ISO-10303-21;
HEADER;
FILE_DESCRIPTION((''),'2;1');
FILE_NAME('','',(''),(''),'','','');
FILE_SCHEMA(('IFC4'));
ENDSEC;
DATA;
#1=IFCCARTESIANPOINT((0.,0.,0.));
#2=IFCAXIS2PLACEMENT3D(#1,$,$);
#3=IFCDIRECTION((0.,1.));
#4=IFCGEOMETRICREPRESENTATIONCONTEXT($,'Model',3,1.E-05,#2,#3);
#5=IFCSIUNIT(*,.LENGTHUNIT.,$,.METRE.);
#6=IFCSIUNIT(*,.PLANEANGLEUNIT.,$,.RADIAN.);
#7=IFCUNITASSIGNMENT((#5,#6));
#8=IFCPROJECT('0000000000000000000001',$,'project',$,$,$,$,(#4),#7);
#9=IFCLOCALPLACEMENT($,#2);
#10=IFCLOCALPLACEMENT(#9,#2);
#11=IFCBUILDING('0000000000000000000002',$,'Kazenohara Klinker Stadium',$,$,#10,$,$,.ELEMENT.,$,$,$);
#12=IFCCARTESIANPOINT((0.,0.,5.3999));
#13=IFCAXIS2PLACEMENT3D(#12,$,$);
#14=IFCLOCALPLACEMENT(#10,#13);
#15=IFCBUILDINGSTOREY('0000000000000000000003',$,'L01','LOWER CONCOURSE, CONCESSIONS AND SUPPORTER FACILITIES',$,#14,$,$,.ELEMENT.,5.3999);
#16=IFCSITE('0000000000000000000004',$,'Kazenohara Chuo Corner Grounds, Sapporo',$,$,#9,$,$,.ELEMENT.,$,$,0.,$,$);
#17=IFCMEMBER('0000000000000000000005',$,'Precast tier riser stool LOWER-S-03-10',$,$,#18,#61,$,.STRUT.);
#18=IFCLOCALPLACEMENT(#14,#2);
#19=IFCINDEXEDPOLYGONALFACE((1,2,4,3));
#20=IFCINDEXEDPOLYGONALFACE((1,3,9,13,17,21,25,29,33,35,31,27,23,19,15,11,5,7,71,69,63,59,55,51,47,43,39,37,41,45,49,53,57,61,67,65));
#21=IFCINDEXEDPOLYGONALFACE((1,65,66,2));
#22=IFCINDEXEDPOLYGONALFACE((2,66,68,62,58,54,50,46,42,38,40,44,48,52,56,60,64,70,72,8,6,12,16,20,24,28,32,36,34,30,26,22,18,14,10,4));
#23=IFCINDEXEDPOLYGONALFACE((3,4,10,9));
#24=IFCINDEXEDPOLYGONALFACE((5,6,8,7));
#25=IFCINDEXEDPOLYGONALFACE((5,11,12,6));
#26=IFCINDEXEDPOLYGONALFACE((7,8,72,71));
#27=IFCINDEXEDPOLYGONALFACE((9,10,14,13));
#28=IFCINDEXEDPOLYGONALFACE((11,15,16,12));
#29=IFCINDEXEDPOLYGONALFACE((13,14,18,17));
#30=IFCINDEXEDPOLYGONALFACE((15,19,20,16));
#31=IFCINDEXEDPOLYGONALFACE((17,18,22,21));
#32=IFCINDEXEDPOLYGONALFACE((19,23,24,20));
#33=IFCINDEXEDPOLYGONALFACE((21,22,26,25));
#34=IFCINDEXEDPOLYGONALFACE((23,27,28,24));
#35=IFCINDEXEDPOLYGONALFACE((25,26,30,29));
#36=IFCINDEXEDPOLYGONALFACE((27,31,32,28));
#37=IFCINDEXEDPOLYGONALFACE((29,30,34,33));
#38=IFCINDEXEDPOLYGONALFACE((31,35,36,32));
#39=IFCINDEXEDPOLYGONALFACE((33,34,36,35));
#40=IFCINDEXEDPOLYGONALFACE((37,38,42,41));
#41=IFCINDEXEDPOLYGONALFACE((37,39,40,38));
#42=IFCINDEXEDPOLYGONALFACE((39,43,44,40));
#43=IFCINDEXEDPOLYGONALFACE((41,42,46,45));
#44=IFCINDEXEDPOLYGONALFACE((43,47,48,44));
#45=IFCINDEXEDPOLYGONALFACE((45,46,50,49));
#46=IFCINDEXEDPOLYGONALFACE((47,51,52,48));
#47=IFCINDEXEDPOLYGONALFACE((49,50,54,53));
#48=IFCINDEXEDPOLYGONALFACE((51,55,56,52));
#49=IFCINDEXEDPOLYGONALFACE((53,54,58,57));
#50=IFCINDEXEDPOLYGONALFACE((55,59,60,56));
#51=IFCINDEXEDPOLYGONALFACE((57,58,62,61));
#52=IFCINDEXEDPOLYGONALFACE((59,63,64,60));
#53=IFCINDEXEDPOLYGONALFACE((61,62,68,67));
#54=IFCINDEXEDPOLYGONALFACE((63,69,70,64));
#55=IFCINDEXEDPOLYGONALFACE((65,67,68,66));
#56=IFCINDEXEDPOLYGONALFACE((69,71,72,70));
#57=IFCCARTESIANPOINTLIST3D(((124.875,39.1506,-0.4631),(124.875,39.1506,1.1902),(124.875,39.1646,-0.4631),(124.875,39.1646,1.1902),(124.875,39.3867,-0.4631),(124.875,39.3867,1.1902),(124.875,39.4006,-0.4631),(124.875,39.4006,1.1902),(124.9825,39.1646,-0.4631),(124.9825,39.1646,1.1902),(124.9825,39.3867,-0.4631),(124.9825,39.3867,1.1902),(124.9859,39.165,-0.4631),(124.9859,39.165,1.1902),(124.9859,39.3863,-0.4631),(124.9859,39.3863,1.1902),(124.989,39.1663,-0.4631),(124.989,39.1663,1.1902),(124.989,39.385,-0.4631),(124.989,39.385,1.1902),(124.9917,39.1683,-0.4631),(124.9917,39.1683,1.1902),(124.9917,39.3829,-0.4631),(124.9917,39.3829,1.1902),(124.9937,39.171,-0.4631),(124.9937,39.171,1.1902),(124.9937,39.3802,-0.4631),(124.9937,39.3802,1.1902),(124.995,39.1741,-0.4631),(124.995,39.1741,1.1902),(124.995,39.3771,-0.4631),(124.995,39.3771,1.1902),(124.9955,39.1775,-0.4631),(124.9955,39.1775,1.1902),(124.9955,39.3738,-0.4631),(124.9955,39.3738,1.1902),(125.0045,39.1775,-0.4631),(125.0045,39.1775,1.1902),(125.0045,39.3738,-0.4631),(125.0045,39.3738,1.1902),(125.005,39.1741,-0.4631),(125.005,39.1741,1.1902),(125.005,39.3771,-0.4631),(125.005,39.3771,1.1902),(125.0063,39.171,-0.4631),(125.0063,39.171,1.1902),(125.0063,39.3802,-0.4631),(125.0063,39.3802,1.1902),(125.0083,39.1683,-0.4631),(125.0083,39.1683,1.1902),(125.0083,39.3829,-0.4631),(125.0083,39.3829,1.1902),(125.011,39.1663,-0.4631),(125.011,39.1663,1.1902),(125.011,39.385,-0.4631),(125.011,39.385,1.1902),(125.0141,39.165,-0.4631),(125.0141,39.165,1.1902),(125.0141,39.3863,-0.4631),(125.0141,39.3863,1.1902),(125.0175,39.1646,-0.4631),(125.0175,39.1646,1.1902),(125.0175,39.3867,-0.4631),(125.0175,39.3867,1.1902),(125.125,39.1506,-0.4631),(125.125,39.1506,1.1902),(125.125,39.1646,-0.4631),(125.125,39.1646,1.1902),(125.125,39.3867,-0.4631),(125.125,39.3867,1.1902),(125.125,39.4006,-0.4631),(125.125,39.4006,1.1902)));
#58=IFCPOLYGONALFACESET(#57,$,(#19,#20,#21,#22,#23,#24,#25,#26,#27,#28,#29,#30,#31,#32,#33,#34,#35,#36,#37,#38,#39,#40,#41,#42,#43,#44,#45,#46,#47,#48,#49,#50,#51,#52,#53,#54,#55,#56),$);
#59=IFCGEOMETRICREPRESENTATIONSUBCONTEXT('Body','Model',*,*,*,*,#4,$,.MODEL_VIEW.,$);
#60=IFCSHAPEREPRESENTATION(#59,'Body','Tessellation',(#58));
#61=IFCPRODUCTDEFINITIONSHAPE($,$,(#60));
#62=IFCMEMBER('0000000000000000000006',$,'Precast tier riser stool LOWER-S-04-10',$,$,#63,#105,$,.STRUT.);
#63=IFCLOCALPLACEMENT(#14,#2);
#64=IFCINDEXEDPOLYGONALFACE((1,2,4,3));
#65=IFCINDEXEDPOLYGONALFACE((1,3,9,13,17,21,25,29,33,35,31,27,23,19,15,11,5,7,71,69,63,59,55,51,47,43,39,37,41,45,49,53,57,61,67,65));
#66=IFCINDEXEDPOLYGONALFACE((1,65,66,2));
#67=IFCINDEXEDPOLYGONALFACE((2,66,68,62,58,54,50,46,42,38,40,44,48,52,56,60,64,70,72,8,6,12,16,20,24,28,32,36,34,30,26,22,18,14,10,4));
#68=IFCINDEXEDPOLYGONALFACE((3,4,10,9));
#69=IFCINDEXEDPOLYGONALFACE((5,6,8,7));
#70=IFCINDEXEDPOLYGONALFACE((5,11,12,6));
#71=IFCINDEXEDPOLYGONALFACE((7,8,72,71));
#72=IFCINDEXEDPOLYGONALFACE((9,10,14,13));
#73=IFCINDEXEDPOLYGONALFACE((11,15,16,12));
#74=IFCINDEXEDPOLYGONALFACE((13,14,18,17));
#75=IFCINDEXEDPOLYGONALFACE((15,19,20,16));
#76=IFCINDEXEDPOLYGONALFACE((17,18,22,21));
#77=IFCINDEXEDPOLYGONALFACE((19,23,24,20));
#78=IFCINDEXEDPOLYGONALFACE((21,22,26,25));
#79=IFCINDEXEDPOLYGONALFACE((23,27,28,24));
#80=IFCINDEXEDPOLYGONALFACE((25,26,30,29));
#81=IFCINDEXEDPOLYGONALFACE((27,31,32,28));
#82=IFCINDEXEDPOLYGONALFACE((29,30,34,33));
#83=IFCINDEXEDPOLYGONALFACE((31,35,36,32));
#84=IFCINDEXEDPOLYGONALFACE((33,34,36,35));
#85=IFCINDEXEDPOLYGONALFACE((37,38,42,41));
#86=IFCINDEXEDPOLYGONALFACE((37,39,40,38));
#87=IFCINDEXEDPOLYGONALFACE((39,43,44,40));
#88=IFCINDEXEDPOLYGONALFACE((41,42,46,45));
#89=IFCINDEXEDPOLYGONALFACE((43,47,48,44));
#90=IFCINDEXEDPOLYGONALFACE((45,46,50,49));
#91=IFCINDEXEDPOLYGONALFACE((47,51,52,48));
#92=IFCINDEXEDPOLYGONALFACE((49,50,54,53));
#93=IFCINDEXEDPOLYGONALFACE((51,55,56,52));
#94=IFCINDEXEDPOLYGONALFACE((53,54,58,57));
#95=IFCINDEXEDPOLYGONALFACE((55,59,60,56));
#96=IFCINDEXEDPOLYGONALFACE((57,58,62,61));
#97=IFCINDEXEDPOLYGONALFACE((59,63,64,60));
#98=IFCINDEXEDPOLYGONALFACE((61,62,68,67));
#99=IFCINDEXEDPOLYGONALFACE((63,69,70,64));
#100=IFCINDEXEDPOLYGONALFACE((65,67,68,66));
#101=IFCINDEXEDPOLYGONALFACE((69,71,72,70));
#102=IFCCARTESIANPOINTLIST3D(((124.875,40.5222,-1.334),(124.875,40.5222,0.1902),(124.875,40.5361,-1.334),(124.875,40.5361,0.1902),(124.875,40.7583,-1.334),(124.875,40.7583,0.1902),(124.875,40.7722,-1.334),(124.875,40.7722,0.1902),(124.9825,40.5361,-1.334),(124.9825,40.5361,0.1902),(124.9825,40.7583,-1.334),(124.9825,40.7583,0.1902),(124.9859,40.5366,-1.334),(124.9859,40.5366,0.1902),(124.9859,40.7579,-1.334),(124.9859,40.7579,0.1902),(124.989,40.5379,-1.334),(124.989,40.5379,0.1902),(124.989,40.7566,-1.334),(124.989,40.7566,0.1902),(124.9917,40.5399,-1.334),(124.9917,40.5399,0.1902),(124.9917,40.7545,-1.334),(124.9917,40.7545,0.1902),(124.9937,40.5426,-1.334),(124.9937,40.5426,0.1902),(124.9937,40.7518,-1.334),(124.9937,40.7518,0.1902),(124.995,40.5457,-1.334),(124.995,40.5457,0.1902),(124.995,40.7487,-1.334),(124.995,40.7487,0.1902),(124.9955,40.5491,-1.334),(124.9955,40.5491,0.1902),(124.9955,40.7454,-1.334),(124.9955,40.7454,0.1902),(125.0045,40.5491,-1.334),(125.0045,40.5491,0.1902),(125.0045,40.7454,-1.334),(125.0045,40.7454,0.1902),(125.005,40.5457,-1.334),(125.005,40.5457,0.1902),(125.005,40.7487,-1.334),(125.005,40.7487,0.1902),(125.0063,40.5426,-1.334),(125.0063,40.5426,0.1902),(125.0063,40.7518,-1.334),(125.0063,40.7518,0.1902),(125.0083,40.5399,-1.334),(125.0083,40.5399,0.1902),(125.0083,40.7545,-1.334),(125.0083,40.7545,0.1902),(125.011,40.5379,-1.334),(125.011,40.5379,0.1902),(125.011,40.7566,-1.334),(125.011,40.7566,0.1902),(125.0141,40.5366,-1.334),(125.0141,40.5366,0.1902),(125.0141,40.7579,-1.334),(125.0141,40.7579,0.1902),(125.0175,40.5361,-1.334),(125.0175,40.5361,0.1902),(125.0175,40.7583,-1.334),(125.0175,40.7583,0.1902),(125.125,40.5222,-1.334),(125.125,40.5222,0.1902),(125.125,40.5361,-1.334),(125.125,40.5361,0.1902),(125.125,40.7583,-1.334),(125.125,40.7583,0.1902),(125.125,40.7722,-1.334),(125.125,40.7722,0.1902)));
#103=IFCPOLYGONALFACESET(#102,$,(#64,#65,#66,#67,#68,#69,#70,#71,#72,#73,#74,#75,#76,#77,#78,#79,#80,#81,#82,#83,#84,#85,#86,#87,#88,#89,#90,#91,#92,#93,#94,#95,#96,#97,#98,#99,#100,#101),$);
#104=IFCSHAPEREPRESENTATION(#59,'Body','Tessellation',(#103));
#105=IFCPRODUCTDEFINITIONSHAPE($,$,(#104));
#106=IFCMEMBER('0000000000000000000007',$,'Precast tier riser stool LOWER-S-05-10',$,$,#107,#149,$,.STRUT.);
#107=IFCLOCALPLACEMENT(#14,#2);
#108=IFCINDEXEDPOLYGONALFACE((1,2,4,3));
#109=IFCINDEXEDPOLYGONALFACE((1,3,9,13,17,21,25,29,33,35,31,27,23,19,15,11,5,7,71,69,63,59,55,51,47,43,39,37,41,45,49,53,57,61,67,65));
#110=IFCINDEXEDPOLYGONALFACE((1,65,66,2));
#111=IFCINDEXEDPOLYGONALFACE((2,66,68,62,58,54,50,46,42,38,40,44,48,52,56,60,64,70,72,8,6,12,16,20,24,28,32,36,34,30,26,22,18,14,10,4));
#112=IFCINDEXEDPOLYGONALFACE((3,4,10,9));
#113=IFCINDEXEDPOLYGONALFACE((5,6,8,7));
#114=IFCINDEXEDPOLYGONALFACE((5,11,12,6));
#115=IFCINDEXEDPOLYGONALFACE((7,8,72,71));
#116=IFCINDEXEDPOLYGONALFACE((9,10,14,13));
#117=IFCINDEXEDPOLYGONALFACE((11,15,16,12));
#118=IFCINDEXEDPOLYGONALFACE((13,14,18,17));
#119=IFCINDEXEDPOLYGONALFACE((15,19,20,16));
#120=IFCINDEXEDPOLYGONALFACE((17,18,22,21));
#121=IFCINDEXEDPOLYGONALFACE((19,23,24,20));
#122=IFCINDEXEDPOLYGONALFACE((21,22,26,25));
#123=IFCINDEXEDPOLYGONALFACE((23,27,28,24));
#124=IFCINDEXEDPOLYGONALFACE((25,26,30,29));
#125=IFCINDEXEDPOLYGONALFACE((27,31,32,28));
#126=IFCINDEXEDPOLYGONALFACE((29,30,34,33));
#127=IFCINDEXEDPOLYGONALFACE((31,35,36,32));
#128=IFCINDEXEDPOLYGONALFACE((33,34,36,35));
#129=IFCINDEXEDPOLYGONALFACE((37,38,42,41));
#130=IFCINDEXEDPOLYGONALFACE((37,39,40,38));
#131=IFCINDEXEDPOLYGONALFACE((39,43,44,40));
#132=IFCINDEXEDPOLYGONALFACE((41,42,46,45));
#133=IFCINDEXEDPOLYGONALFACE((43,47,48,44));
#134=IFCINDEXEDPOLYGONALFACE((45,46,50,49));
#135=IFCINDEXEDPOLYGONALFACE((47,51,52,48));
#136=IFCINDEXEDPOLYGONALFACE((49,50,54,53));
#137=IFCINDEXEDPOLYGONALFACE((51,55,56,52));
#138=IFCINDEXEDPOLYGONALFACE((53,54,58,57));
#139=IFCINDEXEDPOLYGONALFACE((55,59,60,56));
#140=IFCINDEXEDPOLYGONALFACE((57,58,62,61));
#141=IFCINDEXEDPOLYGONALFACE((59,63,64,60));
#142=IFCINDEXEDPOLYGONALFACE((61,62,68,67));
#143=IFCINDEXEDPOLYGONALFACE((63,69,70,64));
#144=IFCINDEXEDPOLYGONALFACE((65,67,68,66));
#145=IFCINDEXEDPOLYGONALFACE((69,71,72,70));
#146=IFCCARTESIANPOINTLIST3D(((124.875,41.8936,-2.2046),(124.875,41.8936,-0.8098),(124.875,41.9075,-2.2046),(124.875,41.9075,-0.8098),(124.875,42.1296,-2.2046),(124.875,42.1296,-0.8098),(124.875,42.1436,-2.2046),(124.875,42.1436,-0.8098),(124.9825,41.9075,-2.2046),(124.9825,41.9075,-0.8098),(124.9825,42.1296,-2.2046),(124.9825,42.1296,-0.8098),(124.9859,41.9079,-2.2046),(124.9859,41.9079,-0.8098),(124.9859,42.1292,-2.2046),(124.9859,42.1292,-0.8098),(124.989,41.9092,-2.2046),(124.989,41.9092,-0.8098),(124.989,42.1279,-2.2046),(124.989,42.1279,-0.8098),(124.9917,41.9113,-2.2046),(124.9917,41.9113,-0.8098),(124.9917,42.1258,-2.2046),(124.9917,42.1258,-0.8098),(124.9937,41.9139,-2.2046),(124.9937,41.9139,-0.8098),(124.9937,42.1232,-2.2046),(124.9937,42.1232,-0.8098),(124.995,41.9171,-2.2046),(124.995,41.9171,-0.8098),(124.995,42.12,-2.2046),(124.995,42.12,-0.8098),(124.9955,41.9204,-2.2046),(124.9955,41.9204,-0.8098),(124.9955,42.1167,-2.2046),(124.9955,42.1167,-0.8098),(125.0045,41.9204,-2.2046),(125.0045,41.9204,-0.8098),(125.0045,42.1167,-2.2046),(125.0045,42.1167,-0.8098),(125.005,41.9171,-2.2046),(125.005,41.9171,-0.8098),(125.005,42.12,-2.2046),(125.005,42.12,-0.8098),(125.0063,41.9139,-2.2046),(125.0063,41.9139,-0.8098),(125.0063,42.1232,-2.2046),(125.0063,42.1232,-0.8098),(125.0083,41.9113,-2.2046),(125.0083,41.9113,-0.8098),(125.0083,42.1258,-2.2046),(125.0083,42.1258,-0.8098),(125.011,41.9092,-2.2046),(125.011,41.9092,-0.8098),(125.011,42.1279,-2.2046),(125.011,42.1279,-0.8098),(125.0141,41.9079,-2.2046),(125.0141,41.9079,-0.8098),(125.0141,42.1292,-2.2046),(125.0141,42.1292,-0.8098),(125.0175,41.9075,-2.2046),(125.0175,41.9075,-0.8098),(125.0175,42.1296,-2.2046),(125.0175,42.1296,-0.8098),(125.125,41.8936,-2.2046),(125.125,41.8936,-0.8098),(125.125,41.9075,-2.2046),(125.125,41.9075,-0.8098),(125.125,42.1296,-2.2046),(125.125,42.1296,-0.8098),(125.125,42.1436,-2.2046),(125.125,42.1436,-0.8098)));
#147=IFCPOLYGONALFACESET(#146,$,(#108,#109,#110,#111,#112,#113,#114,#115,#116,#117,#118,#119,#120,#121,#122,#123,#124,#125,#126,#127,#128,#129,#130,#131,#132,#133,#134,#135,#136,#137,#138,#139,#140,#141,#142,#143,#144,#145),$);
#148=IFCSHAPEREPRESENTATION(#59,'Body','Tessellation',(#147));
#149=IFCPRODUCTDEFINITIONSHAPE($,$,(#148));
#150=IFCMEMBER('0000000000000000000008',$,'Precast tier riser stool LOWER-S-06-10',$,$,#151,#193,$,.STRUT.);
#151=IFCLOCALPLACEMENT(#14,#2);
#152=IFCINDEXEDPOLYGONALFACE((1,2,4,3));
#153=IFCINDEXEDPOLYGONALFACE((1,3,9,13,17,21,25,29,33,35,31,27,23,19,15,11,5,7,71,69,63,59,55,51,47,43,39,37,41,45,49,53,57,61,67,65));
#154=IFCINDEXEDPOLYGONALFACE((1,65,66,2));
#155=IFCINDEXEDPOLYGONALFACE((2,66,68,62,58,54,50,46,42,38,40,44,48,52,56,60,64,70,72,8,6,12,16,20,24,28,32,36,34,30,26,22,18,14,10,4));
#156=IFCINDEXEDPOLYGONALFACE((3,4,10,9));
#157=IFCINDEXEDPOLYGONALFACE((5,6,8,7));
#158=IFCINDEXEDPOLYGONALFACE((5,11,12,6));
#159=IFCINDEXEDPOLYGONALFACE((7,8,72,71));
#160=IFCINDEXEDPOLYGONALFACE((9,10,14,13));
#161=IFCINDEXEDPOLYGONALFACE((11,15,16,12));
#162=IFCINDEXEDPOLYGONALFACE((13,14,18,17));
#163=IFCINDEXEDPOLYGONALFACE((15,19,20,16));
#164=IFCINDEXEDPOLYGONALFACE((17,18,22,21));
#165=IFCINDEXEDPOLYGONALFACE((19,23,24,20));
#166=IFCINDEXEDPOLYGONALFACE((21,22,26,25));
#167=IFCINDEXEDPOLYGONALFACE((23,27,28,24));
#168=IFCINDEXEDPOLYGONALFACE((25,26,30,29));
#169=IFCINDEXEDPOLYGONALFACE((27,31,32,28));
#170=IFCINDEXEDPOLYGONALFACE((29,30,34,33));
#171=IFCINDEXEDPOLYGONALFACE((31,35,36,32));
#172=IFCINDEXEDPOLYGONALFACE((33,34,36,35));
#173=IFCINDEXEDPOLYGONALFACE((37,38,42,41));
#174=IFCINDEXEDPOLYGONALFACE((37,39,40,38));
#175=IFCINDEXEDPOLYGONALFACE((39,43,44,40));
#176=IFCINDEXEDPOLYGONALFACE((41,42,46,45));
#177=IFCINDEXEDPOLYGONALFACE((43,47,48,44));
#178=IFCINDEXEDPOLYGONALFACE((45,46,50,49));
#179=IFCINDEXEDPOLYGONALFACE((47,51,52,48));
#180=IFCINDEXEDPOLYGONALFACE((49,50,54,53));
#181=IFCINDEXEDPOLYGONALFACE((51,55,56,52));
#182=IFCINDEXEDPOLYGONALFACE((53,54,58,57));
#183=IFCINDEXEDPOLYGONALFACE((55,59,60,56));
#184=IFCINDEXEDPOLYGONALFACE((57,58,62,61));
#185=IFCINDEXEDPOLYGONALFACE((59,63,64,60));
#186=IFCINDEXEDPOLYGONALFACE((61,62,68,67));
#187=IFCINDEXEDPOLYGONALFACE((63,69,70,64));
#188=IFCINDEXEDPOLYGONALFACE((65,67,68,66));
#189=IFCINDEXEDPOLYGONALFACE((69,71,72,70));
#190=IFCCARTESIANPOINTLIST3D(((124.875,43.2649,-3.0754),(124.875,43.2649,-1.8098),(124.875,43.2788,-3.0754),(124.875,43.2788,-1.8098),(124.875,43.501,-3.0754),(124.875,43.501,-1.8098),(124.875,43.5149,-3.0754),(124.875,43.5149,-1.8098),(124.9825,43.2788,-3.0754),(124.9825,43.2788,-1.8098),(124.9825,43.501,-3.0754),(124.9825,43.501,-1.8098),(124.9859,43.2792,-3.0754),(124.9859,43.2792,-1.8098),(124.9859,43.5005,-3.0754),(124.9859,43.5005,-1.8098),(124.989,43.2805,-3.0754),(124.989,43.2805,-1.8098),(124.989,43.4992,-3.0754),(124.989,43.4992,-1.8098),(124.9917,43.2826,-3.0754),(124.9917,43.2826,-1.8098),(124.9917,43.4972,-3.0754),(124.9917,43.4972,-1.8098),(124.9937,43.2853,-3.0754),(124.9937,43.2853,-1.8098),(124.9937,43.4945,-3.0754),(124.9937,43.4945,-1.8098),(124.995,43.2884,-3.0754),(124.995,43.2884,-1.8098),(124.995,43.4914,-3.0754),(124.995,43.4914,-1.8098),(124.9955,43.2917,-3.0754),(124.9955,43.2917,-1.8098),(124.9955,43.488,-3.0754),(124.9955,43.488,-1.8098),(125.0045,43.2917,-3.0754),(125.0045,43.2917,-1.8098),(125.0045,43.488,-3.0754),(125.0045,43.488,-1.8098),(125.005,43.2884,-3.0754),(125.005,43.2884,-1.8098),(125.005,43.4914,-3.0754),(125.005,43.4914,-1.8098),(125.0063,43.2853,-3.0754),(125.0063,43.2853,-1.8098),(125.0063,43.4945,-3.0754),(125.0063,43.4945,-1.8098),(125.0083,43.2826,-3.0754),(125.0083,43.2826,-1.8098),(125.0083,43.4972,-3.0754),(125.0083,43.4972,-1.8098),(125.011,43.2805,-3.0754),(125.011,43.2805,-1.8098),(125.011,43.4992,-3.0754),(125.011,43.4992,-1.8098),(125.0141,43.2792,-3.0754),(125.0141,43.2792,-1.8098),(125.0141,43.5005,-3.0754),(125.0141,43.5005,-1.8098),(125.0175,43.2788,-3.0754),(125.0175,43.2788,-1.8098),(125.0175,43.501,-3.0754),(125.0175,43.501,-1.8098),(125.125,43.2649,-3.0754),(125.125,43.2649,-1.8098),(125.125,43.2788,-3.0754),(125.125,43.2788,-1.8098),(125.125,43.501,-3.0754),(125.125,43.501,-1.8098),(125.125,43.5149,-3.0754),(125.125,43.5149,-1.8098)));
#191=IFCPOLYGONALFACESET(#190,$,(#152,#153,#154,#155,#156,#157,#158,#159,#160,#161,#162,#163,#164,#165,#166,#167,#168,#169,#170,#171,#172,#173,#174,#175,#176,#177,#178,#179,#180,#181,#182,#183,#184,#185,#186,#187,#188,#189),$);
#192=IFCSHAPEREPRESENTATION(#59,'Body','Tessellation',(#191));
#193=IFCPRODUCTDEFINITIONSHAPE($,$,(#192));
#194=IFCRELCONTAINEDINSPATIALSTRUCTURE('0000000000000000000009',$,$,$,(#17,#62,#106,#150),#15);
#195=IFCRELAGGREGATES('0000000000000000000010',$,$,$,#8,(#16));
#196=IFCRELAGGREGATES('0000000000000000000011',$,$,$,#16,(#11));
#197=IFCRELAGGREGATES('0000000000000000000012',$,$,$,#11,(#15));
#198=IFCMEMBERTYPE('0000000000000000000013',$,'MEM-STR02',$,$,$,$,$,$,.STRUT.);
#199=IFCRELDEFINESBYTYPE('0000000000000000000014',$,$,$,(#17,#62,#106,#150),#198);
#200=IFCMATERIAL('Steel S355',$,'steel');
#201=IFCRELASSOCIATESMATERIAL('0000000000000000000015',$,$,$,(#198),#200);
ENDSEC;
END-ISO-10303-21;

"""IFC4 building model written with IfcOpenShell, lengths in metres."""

from ifc_helpers import new_model, si_unit, direction, frame, origin, origin_2d, place, context, subcontext, project, spatial, i_section, extrude, material, material_profile, profile_set, type_object, element, save


model = new_model("IFC4")

# Units and contexts
model_context = context("Model", 3, precision=1e-05, world=origin(), true_north=direction((0.0, 1.0)))
body_context = subcontext(model_context, "Body", "Model", "MODEL_VIEW")
ifc_project = project(units=[si_unit("LENGTHUNIT", "METRE"), si_unit("PLANEANGLEUNIT", "RADIAN")], contexts=[model_context])

# Site, building, storey
site_placement = place(None, origin())
site = spatial("IfcSite", under=ifc_project, at=site_placement, Name="Kazenohara Chuo Corner Grounds, Sapporo", CompositionType="ELEMENT", RefElevation=0.0)
building_placement = place(site_placement, origin())
building = spatial("IfcBuilding", under=site, at=building_placement, Name="Kazenohara Klinker Stadium", CompositionType="ELEMENT")
storey_placement = place(building_placement, frame((0.0, 0.0, 5.3999)))
storey = spatial("IfcBuildingStorey", under=building, at=storey_placement, Name="L01", Description="LOWER CONCOURSE, CONCESSIONS AND SUPPORTER FACILITIES", CompositionType="ELEMENT", Elevation=5.3999)

# Shared definitions
ifc_material_1 = material(Name="Steel S355", Category="steel")

# Members
ifc_material_profile_1 = material_profile(ifc_material_1, i_section(OverallWidth=0.25, OverallDepth=0.25, WebThickness=0.009, FlangeThickness=0.0139, FilletRadius=0.0129, at=origin_2d()), Name="H-250x250x9x14")
ifc_profile_set_1 = profile_set([ifc_material_profile_1], Name="Steel S355")
member_type = type_object("IfcMemberType", Name="MEM-STR02", PredefinedType="STRUT", material=ifc_profile_set_1)
member_1_placement = place(storey_placement, frame((125.0, 39.2756, -0.4631), z_axis=(0.0, 0.0, 1.0), x_axis=(1.0, 0.0, 0.0)))
element("IfcMember", 1, at=member_1_placement, inside=storey, type_object=member_type, Name="Precast tier riser stool LOWER-S-03-10", PredefinedType="STRUT", context=body_context, shape_type="SweptSolid", body=[
    extrude(i_section(OverallWidth=0.25, OverallDepth=0.25, WebThickness=0.009, FlangeThickness=0.0139, FilletRadius=0.0129, at=origin_2d()), origin(), (0.0, 0.0, 1.0), 1.6533),
])
member_2_placement = place(storey_placement, frame((125.0, 40.6472, -1.334), z_axis=(0.0, 0.0, 1.0), x_axis=(1.0, 0.0, 0.0)))
element("IfcMember", 2, at=member_2_placement, inside=storey, type_object=member_type, Name="Precast tier riser stool LOWER-S-04-10", PredefinedType="STRUT", context=body_context, shape_type="SweptSolid", body=[
    extrude(i_section(OverallWidth=0.25, OverallDepth=0.25, WebThickness=0.009, FlangeThickness=0.0139, FilletRadius=0.0129, at=origin_2d()), origin(), (0.0, 0.0, 1.0), 1.5242),
])
member_3_placement = place(storey_placement, frame((125.0, 42.0186, -2.2046), z_axis=(0.0, 0.0, 1.0), x_axis=(1.0, 0.0, 0.0)))
element("IfcMember", 3, at=member_3_placement, inside=storey, type_object=member_type, Name="Precast tier riser stool LOWER-S-05-10", PredefinedType="STRUT", context=body_context, shape_type="SweptSolid", body=[
    extrude(i_section(OverallWidth=0.25, OverallDepth=0.25, WebThickness=0.009, FlangeThickness=0.0139, FilletRadius=0.0129, at=origin_2d()), origin(), (0.0, 0.0, 1.0), 1.3948),
])
member_4_placement = place(storey_placement, frame((125.0, 43.3899, -3.0754), z_axis=(0.0, 0.0, 1.0), x_axis=(1.0, 0.0, 0.0)))
element("IfcMember", 4, at=member_4_placement, inside=storey, type_object=member_type, Name="Precast tier riser stool LOWER-S-06-10", PredefinedType="STRUT", context=body_context, shape_type="SweptSolid", body=[
    extrude(i_section(OverallWidth=0.25, OverallDepth=0.25, WebThickness=0.009, FlangeThickness=0.0139, FilletRadius=0.0129, at=origin_2d()), origin(), (0.0, 0.0, 1.0), 1.2656),
])

save(model, "model.ifc")
